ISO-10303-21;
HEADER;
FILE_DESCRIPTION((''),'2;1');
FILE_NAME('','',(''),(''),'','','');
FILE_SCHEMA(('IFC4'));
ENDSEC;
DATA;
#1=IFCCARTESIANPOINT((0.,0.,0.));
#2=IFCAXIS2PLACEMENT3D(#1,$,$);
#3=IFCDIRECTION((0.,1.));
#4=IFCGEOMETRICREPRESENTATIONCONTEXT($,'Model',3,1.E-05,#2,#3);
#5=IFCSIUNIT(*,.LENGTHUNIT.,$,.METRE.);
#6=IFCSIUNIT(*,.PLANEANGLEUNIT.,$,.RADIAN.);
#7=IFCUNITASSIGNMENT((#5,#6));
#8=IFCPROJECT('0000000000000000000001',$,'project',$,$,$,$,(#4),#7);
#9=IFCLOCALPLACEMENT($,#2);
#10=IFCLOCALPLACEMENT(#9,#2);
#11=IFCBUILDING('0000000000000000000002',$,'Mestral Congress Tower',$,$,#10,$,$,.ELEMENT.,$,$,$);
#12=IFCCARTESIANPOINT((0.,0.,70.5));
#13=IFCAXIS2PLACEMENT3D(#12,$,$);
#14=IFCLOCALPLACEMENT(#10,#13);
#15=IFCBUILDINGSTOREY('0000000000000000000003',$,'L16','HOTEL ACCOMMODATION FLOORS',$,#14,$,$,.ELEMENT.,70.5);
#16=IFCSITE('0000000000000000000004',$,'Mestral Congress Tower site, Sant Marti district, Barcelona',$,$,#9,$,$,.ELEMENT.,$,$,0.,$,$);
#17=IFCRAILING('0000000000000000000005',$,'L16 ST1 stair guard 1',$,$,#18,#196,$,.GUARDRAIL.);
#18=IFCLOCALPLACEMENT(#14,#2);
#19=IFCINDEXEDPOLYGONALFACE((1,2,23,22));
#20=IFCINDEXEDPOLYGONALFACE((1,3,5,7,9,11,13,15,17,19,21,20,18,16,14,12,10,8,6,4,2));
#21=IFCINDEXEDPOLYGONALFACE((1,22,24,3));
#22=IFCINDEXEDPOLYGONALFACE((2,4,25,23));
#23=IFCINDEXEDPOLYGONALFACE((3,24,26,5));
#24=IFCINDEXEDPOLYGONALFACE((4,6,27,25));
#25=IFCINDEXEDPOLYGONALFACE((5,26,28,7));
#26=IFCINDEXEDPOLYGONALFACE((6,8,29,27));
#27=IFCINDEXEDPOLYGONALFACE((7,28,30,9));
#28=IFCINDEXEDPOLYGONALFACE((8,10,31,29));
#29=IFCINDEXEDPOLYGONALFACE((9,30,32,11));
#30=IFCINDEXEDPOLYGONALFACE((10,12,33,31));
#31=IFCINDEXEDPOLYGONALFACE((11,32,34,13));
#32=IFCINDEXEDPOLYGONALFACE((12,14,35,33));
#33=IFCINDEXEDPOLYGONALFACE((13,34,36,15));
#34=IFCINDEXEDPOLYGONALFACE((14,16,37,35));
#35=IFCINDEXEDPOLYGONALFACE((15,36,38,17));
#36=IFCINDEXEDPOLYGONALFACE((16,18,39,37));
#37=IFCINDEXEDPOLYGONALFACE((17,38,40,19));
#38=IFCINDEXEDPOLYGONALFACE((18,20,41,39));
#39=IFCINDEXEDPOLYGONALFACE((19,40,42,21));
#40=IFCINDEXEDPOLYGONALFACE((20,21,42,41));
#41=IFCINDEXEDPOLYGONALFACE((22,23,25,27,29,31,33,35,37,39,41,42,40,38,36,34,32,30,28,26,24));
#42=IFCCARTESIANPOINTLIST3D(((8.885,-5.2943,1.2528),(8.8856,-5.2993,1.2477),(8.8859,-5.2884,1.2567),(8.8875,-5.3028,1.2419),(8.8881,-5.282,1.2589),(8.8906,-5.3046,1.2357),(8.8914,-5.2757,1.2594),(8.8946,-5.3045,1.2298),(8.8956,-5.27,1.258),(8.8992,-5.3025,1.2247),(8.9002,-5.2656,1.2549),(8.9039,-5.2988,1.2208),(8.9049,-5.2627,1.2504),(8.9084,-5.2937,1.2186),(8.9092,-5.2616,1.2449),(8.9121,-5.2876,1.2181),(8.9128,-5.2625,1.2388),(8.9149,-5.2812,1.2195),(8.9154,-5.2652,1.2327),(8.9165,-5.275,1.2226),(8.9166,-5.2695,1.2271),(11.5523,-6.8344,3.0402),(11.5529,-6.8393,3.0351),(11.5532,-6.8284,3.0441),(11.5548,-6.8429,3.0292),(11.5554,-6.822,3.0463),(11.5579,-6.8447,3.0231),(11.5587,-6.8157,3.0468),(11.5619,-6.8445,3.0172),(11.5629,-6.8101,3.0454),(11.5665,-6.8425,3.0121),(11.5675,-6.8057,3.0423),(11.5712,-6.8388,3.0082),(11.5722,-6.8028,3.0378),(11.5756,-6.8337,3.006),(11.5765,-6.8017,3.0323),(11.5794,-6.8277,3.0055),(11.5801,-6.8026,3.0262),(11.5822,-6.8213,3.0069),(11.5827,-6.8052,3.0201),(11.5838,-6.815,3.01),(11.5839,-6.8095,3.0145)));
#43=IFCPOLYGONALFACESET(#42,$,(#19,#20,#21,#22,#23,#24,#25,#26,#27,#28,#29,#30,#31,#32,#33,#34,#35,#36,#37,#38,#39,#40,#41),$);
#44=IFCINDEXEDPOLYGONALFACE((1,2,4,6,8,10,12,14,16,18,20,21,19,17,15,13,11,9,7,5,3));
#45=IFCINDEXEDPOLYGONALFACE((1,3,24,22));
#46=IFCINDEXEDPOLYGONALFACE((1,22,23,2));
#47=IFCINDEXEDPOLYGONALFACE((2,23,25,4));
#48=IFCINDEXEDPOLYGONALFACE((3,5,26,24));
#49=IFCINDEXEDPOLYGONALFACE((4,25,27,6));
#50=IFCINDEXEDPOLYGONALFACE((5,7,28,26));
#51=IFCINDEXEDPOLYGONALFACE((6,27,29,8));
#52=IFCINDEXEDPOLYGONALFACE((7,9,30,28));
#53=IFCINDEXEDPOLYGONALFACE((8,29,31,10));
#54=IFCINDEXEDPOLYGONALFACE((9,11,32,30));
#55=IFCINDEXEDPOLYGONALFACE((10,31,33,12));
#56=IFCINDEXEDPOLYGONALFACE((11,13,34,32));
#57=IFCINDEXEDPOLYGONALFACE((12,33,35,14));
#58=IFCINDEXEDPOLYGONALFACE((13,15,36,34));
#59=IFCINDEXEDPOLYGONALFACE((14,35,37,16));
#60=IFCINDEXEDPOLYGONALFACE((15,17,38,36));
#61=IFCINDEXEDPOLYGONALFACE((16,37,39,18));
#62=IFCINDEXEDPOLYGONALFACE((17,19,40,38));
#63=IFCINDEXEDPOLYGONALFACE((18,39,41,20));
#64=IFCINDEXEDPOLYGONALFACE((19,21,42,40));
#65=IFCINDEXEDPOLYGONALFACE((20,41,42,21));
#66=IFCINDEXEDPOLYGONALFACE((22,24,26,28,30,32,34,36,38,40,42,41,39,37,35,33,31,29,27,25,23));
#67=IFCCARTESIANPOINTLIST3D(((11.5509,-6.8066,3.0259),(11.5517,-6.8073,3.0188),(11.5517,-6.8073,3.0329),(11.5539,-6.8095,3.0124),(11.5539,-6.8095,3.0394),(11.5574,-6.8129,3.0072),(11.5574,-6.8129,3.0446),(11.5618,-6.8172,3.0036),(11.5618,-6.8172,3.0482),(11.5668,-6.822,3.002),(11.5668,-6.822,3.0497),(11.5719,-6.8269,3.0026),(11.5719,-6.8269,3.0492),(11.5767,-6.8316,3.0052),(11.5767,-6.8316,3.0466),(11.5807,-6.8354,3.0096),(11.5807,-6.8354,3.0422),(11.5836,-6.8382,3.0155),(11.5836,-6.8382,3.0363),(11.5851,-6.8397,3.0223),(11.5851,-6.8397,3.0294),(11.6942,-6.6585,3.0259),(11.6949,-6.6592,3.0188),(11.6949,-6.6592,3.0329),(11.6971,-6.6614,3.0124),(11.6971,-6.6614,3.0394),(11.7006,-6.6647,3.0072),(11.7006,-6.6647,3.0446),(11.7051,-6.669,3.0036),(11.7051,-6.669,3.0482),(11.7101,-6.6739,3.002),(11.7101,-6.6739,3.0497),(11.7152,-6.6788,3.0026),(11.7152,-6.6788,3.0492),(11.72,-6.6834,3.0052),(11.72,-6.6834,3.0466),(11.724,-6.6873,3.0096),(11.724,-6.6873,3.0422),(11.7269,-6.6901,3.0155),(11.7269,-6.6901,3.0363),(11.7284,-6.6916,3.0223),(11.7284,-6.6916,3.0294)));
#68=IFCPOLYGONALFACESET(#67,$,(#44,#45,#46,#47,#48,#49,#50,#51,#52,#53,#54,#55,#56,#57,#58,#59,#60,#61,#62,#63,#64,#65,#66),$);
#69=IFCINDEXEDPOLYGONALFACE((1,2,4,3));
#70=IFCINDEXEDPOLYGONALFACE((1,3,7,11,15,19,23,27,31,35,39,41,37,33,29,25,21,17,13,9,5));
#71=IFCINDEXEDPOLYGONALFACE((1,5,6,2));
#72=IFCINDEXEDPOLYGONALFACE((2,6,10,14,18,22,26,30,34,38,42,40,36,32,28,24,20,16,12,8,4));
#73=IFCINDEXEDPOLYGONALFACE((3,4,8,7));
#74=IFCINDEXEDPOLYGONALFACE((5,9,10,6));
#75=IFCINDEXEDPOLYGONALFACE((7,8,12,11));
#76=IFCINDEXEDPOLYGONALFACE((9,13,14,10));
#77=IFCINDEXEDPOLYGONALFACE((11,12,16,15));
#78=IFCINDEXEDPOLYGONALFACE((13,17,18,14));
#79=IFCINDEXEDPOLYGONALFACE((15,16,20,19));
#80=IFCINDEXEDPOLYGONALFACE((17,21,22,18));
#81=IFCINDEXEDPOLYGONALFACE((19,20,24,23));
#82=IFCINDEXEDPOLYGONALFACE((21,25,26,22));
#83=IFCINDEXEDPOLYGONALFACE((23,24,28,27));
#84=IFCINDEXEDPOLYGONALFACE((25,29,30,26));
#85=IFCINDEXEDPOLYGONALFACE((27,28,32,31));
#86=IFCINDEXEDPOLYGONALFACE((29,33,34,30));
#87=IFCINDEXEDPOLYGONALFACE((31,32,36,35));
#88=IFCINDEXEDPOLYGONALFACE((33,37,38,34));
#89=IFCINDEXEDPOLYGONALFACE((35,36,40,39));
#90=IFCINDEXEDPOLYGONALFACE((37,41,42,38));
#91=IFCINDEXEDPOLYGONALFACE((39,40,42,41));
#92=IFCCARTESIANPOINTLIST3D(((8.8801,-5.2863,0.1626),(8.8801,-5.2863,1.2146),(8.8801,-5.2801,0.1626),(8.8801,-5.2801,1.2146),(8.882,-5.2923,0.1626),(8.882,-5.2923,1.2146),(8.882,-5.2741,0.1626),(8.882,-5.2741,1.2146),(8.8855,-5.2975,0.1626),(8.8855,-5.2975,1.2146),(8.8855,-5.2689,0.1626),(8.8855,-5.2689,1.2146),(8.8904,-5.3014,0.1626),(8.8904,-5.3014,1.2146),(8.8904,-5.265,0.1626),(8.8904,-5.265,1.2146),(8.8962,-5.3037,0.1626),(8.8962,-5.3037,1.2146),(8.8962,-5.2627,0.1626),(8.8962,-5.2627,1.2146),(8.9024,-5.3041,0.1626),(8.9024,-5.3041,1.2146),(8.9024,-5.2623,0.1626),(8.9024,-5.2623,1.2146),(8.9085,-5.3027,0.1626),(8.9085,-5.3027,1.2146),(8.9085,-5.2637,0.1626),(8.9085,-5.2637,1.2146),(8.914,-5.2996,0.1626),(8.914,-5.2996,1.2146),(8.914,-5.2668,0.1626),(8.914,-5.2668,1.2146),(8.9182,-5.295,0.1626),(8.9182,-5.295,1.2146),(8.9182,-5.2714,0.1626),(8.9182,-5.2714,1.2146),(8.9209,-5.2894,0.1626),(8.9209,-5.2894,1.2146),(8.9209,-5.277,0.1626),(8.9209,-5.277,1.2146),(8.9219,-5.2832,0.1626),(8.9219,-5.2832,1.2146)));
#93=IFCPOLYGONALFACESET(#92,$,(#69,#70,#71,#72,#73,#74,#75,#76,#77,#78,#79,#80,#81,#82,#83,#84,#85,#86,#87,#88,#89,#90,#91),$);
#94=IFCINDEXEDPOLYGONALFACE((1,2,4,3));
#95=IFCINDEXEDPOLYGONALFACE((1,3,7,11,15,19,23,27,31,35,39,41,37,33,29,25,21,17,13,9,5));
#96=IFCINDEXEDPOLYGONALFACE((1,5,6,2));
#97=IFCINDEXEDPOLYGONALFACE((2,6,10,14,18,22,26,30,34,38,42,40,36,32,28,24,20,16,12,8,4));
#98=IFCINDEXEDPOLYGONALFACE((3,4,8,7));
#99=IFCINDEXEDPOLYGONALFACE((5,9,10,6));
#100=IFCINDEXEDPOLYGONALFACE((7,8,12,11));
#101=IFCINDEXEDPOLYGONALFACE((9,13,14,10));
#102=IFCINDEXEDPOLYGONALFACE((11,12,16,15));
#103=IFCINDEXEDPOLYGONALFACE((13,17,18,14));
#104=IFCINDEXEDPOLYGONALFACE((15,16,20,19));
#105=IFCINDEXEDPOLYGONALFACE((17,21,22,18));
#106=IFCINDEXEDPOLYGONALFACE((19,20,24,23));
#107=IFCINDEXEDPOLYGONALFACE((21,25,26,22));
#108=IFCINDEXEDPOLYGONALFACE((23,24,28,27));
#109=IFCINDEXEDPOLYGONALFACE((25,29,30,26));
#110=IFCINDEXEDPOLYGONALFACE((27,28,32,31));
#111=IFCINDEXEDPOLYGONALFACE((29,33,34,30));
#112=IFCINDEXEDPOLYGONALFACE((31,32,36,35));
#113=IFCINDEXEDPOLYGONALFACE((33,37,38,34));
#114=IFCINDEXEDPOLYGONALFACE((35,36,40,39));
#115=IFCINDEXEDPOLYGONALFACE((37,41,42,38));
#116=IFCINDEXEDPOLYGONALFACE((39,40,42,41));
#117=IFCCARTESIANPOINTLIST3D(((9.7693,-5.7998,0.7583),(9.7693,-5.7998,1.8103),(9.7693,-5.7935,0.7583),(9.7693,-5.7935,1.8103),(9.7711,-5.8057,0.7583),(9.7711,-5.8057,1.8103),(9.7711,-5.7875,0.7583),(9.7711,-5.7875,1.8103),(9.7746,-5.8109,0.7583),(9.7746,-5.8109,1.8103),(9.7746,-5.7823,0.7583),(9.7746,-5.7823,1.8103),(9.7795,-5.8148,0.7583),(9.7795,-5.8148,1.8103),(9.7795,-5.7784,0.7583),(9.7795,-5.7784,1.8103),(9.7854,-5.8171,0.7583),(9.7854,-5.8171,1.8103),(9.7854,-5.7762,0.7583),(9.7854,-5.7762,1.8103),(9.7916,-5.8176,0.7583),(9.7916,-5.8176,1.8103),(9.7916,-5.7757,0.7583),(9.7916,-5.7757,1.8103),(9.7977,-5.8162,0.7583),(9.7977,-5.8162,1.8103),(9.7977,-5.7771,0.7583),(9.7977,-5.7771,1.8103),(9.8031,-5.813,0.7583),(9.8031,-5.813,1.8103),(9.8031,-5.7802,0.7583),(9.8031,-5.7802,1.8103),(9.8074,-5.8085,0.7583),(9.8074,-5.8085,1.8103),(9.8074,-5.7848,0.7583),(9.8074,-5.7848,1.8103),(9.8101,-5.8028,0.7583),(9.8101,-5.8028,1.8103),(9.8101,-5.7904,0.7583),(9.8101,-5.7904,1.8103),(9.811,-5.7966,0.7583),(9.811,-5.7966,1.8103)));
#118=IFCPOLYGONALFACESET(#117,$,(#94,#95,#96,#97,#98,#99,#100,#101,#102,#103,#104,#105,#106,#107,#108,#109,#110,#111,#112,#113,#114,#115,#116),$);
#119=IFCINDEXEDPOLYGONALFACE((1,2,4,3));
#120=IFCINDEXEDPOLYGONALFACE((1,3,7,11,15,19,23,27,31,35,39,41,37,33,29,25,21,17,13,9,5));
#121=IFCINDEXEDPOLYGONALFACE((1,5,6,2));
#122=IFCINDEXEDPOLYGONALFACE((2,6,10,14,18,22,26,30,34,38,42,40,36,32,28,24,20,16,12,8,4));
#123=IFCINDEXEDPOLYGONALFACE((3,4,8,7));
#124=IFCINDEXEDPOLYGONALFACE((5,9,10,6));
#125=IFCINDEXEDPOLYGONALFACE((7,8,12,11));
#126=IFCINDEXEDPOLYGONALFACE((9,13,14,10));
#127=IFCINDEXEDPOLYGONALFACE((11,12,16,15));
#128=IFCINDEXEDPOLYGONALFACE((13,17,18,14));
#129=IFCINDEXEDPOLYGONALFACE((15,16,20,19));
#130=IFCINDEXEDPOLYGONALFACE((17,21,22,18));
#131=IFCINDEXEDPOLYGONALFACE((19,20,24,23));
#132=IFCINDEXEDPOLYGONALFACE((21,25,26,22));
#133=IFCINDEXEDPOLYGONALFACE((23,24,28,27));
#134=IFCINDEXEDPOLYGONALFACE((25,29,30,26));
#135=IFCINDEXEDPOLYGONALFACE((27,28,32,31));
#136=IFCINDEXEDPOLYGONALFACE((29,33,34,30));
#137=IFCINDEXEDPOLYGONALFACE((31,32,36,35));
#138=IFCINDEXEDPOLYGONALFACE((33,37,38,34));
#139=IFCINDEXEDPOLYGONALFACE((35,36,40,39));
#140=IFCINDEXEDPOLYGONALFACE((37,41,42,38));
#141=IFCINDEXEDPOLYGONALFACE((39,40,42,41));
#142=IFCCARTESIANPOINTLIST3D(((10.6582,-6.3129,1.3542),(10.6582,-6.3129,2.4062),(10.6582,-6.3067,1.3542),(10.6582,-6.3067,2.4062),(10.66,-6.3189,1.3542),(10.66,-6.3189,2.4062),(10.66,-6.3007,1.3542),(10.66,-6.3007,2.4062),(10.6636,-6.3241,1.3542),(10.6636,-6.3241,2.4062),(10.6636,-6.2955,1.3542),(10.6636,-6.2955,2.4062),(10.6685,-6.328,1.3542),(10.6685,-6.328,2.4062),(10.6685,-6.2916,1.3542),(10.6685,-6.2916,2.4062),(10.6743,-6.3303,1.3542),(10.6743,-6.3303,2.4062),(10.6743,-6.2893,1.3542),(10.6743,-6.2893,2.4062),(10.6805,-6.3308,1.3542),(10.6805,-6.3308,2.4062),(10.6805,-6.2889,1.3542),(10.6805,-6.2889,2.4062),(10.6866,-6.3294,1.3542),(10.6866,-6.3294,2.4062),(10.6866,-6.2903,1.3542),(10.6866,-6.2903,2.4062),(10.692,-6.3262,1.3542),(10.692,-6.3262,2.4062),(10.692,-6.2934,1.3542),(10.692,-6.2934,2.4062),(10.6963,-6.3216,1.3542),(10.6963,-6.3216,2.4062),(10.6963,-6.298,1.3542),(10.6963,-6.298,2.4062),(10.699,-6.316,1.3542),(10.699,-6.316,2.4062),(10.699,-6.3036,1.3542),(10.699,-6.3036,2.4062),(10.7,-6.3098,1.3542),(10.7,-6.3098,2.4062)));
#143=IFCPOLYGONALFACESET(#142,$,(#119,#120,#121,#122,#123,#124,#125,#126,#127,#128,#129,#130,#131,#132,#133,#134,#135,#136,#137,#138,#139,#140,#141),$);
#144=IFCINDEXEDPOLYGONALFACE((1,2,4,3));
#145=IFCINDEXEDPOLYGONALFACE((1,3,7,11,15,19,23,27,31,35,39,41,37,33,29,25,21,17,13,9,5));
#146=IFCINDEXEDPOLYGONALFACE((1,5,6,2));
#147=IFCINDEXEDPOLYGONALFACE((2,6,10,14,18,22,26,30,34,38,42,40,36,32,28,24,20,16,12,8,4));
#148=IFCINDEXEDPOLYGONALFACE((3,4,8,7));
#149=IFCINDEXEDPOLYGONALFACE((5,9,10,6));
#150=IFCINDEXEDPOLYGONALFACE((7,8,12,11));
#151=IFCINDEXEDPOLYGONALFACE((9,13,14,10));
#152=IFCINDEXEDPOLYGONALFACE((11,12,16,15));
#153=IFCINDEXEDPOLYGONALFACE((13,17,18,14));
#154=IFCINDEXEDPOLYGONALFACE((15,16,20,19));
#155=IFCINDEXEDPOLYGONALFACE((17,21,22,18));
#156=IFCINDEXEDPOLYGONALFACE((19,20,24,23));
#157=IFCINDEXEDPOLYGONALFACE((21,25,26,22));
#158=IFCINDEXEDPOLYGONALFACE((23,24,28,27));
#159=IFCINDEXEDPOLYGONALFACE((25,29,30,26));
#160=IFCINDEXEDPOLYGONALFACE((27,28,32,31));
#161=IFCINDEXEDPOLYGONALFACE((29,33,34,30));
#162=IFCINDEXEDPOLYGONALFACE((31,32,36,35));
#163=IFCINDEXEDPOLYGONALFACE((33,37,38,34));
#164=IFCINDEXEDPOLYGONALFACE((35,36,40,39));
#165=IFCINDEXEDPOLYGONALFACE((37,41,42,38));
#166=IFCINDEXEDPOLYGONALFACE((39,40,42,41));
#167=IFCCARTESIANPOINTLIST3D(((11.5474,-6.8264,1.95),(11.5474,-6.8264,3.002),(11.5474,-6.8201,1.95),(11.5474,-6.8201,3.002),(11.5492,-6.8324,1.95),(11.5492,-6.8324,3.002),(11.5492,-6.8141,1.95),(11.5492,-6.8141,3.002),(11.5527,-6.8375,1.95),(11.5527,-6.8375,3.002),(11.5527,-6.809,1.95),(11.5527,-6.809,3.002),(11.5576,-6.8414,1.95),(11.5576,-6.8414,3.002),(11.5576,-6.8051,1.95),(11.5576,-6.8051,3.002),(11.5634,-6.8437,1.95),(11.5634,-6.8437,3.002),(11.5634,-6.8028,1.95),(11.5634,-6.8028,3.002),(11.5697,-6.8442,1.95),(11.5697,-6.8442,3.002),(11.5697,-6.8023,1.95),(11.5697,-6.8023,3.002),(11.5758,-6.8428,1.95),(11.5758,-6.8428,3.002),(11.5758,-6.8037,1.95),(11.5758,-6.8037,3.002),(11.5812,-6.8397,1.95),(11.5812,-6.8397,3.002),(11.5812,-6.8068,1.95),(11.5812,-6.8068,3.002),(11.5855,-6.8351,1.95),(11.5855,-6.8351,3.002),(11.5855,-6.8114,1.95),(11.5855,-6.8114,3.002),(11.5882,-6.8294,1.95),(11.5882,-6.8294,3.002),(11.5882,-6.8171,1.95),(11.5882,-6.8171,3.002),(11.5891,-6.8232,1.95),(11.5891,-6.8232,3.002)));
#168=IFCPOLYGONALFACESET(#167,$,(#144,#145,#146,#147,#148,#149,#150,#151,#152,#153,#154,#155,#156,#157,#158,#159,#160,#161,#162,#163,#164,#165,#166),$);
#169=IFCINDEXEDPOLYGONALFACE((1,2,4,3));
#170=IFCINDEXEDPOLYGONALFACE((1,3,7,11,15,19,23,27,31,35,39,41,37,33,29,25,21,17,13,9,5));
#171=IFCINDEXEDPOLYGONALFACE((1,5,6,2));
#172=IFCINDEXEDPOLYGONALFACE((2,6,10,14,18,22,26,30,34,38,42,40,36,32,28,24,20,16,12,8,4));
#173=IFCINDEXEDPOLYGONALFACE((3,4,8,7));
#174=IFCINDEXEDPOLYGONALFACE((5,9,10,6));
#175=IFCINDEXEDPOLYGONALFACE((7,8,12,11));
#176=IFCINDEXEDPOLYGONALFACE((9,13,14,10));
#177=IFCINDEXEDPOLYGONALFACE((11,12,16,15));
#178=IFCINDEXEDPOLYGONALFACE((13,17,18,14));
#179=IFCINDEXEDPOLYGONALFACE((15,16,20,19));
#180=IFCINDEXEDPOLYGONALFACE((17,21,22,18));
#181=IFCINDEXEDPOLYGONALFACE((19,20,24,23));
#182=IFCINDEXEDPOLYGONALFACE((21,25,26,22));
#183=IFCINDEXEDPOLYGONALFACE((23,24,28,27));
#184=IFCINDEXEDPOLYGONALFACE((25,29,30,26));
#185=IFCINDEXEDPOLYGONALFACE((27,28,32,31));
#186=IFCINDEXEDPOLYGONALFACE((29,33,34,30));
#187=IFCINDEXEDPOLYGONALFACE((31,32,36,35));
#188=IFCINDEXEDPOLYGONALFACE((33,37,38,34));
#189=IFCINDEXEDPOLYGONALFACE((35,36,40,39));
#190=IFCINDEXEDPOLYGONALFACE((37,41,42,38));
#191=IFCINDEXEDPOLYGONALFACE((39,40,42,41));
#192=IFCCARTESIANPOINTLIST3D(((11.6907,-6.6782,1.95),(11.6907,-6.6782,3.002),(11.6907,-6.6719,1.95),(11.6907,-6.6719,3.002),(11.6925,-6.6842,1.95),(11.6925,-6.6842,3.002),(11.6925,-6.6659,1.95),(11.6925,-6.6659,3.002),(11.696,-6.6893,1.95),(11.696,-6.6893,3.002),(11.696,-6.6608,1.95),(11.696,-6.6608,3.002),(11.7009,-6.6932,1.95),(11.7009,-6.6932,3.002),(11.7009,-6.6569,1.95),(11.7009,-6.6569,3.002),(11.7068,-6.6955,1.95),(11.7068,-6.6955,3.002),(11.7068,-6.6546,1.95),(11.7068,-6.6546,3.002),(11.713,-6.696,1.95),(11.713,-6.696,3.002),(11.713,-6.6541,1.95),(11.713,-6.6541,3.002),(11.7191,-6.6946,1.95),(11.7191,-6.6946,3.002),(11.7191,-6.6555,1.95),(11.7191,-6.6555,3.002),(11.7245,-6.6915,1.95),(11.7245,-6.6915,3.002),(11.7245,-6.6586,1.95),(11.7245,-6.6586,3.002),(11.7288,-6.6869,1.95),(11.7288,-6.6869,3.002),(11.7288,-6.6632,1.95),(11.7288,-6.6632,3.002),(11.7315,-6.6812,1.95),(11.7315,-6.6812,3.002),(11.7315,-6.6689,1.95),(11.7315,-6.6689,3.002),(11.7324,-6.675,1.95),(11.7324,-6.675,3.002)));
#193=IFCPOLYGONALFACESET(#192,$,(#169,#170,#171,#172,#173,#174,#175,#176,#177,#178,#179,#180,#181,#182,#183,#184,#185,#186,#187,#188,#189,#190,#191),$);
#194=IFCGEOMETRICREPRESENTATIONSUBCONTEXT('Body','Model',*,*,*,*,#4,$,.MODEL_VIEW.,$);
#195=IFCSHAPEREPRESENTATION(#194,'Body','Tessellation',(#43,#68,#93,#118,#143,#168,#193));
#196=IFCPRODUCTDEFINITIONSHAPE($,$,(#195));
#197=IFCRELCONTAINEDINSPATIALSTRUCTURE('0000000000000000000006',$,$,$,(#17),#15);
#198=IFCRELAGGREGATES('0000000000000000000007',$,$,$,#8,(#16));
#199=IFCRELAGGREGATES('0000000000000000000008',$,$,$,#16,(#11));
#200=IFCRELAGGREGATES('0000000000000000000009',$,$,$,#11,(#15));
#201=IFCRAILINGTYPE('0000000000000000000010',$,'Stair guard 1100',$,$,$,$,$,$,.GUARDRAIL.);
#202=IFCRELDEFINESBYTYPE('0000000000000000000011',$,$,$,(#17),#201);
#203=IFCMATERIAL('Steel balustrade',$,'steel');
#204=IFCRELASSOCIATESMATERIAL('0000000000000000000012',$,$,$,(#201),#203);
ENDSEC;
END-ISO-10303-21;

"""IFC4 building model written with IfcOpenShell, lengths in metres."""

from ifc_helpers import new_model, si_unit, direction, frame, origin, origin_2d, place, context, subcontext, project, spatial, circle, extrude, material, type_object, element, save


model = new_model("IFC4")

# Units and contexts
model_context = context("Model", 3, precision=1e-05, world=origin(), true_north=direction((0.0, 1.0)))
body_context = subcontext(model_context, "Body", "Model", "MODEL_VIEW")
ifc_project = project(units=[si_unit("LENGTHUNIT", "METRE"), si_unit("PLANEANGLEUNIT", "RADIAN")], contexts=[model_context])

# Site, building, storey
site_placement = place(None, origin())
site = spatial("IfcSite", under=ifc_project, at=site_placement, Name="Mestral Congress Tower site, Sant Marti district, Barcelona", CompositionType="ELEMENT", RefElevation=0.0)
building_placement = place(site_placement, origin())
building = spatial("IfcBuilding", under=site, at=building_placement, Name="Mestral Congress Tower", CompositionType="ELEMENT")
storey_placement = place(building_placement, frame((0.0, 0.0, 70.5)))
storey = spatial("IfcBuildingStorey", under=building, at=storey_placement, Name="L16", Description="HOTEL ACCOMMODATION FLOORS", CompositionType="ELEMENT", Elevation=70.5)

# Railing
ifc_material_1 = material(Name="Steel balustrade", Category="steel")
railing_type_1 = type_object("IfcRailingType", Name="Stair guard 1100", PredefinedType="GUARDRAIL", material=ifc_material_1)
railing_1_placement = place(storey_placement, frame((8.9009, -5.2832, 0.1626)))
element("IfcRailing", 1, at=railing_1_placement, inside=storey, type_object=railing_type_1, Name="L16 ST1 stair guard 1", PredefinedType="GUARDRAIL", context=body_context, shape_type="SweptSolid", body=[
    extrude(circle(Radius=0.0239, at=origin_2d()), frame((0.0, 0.0, 1.0762), z_axis=(0.74902, -0.432477, 0.501929), x_axis=(0.500027, 0.86601, 0.0)), (0.0, 0.0, 1.0), 3.561),
    extrude(circle(Radius=0.0239, at=origin_2d()), frame((2.6672, -1.54, 2.8633), z_axis=(0.695165, 0.71885, 0.0), x_axis=(-0.71885, 0.695165, 0.0)), (0.0, 0.0, 1.0), 0.2061),
    extrude(circle(Radius=0.021, at=origin_2d()), origin(), (0.0, 0.0, 1.0), 1.052),
    extrude(circle(Radius=0.021, at=origin_2d()), frame((0.8892, -0.5134, 0.5957)), (0.0, 0.0, 1.0), 1.052),
    extrude(circle(Radius=0.021, at=origin_2d()), frame((1.7781, -1.0266, 1.1917)), (0.0, 0.0, 1.0), 1.052),
    extrude(circle(Radius=0.021, at=origin_2d()), frame((2.6672, -1.54, 1.7874)), (0.0, 0.0, 1.0), 1.052),
    extrude(circle(Radius=0.021, at=origin_2d()), frame((2.8105, -1.3918, 1.7874)), (0.0, 0.0, 1.0), 1.052),
])

save(model, "model.ifc")
